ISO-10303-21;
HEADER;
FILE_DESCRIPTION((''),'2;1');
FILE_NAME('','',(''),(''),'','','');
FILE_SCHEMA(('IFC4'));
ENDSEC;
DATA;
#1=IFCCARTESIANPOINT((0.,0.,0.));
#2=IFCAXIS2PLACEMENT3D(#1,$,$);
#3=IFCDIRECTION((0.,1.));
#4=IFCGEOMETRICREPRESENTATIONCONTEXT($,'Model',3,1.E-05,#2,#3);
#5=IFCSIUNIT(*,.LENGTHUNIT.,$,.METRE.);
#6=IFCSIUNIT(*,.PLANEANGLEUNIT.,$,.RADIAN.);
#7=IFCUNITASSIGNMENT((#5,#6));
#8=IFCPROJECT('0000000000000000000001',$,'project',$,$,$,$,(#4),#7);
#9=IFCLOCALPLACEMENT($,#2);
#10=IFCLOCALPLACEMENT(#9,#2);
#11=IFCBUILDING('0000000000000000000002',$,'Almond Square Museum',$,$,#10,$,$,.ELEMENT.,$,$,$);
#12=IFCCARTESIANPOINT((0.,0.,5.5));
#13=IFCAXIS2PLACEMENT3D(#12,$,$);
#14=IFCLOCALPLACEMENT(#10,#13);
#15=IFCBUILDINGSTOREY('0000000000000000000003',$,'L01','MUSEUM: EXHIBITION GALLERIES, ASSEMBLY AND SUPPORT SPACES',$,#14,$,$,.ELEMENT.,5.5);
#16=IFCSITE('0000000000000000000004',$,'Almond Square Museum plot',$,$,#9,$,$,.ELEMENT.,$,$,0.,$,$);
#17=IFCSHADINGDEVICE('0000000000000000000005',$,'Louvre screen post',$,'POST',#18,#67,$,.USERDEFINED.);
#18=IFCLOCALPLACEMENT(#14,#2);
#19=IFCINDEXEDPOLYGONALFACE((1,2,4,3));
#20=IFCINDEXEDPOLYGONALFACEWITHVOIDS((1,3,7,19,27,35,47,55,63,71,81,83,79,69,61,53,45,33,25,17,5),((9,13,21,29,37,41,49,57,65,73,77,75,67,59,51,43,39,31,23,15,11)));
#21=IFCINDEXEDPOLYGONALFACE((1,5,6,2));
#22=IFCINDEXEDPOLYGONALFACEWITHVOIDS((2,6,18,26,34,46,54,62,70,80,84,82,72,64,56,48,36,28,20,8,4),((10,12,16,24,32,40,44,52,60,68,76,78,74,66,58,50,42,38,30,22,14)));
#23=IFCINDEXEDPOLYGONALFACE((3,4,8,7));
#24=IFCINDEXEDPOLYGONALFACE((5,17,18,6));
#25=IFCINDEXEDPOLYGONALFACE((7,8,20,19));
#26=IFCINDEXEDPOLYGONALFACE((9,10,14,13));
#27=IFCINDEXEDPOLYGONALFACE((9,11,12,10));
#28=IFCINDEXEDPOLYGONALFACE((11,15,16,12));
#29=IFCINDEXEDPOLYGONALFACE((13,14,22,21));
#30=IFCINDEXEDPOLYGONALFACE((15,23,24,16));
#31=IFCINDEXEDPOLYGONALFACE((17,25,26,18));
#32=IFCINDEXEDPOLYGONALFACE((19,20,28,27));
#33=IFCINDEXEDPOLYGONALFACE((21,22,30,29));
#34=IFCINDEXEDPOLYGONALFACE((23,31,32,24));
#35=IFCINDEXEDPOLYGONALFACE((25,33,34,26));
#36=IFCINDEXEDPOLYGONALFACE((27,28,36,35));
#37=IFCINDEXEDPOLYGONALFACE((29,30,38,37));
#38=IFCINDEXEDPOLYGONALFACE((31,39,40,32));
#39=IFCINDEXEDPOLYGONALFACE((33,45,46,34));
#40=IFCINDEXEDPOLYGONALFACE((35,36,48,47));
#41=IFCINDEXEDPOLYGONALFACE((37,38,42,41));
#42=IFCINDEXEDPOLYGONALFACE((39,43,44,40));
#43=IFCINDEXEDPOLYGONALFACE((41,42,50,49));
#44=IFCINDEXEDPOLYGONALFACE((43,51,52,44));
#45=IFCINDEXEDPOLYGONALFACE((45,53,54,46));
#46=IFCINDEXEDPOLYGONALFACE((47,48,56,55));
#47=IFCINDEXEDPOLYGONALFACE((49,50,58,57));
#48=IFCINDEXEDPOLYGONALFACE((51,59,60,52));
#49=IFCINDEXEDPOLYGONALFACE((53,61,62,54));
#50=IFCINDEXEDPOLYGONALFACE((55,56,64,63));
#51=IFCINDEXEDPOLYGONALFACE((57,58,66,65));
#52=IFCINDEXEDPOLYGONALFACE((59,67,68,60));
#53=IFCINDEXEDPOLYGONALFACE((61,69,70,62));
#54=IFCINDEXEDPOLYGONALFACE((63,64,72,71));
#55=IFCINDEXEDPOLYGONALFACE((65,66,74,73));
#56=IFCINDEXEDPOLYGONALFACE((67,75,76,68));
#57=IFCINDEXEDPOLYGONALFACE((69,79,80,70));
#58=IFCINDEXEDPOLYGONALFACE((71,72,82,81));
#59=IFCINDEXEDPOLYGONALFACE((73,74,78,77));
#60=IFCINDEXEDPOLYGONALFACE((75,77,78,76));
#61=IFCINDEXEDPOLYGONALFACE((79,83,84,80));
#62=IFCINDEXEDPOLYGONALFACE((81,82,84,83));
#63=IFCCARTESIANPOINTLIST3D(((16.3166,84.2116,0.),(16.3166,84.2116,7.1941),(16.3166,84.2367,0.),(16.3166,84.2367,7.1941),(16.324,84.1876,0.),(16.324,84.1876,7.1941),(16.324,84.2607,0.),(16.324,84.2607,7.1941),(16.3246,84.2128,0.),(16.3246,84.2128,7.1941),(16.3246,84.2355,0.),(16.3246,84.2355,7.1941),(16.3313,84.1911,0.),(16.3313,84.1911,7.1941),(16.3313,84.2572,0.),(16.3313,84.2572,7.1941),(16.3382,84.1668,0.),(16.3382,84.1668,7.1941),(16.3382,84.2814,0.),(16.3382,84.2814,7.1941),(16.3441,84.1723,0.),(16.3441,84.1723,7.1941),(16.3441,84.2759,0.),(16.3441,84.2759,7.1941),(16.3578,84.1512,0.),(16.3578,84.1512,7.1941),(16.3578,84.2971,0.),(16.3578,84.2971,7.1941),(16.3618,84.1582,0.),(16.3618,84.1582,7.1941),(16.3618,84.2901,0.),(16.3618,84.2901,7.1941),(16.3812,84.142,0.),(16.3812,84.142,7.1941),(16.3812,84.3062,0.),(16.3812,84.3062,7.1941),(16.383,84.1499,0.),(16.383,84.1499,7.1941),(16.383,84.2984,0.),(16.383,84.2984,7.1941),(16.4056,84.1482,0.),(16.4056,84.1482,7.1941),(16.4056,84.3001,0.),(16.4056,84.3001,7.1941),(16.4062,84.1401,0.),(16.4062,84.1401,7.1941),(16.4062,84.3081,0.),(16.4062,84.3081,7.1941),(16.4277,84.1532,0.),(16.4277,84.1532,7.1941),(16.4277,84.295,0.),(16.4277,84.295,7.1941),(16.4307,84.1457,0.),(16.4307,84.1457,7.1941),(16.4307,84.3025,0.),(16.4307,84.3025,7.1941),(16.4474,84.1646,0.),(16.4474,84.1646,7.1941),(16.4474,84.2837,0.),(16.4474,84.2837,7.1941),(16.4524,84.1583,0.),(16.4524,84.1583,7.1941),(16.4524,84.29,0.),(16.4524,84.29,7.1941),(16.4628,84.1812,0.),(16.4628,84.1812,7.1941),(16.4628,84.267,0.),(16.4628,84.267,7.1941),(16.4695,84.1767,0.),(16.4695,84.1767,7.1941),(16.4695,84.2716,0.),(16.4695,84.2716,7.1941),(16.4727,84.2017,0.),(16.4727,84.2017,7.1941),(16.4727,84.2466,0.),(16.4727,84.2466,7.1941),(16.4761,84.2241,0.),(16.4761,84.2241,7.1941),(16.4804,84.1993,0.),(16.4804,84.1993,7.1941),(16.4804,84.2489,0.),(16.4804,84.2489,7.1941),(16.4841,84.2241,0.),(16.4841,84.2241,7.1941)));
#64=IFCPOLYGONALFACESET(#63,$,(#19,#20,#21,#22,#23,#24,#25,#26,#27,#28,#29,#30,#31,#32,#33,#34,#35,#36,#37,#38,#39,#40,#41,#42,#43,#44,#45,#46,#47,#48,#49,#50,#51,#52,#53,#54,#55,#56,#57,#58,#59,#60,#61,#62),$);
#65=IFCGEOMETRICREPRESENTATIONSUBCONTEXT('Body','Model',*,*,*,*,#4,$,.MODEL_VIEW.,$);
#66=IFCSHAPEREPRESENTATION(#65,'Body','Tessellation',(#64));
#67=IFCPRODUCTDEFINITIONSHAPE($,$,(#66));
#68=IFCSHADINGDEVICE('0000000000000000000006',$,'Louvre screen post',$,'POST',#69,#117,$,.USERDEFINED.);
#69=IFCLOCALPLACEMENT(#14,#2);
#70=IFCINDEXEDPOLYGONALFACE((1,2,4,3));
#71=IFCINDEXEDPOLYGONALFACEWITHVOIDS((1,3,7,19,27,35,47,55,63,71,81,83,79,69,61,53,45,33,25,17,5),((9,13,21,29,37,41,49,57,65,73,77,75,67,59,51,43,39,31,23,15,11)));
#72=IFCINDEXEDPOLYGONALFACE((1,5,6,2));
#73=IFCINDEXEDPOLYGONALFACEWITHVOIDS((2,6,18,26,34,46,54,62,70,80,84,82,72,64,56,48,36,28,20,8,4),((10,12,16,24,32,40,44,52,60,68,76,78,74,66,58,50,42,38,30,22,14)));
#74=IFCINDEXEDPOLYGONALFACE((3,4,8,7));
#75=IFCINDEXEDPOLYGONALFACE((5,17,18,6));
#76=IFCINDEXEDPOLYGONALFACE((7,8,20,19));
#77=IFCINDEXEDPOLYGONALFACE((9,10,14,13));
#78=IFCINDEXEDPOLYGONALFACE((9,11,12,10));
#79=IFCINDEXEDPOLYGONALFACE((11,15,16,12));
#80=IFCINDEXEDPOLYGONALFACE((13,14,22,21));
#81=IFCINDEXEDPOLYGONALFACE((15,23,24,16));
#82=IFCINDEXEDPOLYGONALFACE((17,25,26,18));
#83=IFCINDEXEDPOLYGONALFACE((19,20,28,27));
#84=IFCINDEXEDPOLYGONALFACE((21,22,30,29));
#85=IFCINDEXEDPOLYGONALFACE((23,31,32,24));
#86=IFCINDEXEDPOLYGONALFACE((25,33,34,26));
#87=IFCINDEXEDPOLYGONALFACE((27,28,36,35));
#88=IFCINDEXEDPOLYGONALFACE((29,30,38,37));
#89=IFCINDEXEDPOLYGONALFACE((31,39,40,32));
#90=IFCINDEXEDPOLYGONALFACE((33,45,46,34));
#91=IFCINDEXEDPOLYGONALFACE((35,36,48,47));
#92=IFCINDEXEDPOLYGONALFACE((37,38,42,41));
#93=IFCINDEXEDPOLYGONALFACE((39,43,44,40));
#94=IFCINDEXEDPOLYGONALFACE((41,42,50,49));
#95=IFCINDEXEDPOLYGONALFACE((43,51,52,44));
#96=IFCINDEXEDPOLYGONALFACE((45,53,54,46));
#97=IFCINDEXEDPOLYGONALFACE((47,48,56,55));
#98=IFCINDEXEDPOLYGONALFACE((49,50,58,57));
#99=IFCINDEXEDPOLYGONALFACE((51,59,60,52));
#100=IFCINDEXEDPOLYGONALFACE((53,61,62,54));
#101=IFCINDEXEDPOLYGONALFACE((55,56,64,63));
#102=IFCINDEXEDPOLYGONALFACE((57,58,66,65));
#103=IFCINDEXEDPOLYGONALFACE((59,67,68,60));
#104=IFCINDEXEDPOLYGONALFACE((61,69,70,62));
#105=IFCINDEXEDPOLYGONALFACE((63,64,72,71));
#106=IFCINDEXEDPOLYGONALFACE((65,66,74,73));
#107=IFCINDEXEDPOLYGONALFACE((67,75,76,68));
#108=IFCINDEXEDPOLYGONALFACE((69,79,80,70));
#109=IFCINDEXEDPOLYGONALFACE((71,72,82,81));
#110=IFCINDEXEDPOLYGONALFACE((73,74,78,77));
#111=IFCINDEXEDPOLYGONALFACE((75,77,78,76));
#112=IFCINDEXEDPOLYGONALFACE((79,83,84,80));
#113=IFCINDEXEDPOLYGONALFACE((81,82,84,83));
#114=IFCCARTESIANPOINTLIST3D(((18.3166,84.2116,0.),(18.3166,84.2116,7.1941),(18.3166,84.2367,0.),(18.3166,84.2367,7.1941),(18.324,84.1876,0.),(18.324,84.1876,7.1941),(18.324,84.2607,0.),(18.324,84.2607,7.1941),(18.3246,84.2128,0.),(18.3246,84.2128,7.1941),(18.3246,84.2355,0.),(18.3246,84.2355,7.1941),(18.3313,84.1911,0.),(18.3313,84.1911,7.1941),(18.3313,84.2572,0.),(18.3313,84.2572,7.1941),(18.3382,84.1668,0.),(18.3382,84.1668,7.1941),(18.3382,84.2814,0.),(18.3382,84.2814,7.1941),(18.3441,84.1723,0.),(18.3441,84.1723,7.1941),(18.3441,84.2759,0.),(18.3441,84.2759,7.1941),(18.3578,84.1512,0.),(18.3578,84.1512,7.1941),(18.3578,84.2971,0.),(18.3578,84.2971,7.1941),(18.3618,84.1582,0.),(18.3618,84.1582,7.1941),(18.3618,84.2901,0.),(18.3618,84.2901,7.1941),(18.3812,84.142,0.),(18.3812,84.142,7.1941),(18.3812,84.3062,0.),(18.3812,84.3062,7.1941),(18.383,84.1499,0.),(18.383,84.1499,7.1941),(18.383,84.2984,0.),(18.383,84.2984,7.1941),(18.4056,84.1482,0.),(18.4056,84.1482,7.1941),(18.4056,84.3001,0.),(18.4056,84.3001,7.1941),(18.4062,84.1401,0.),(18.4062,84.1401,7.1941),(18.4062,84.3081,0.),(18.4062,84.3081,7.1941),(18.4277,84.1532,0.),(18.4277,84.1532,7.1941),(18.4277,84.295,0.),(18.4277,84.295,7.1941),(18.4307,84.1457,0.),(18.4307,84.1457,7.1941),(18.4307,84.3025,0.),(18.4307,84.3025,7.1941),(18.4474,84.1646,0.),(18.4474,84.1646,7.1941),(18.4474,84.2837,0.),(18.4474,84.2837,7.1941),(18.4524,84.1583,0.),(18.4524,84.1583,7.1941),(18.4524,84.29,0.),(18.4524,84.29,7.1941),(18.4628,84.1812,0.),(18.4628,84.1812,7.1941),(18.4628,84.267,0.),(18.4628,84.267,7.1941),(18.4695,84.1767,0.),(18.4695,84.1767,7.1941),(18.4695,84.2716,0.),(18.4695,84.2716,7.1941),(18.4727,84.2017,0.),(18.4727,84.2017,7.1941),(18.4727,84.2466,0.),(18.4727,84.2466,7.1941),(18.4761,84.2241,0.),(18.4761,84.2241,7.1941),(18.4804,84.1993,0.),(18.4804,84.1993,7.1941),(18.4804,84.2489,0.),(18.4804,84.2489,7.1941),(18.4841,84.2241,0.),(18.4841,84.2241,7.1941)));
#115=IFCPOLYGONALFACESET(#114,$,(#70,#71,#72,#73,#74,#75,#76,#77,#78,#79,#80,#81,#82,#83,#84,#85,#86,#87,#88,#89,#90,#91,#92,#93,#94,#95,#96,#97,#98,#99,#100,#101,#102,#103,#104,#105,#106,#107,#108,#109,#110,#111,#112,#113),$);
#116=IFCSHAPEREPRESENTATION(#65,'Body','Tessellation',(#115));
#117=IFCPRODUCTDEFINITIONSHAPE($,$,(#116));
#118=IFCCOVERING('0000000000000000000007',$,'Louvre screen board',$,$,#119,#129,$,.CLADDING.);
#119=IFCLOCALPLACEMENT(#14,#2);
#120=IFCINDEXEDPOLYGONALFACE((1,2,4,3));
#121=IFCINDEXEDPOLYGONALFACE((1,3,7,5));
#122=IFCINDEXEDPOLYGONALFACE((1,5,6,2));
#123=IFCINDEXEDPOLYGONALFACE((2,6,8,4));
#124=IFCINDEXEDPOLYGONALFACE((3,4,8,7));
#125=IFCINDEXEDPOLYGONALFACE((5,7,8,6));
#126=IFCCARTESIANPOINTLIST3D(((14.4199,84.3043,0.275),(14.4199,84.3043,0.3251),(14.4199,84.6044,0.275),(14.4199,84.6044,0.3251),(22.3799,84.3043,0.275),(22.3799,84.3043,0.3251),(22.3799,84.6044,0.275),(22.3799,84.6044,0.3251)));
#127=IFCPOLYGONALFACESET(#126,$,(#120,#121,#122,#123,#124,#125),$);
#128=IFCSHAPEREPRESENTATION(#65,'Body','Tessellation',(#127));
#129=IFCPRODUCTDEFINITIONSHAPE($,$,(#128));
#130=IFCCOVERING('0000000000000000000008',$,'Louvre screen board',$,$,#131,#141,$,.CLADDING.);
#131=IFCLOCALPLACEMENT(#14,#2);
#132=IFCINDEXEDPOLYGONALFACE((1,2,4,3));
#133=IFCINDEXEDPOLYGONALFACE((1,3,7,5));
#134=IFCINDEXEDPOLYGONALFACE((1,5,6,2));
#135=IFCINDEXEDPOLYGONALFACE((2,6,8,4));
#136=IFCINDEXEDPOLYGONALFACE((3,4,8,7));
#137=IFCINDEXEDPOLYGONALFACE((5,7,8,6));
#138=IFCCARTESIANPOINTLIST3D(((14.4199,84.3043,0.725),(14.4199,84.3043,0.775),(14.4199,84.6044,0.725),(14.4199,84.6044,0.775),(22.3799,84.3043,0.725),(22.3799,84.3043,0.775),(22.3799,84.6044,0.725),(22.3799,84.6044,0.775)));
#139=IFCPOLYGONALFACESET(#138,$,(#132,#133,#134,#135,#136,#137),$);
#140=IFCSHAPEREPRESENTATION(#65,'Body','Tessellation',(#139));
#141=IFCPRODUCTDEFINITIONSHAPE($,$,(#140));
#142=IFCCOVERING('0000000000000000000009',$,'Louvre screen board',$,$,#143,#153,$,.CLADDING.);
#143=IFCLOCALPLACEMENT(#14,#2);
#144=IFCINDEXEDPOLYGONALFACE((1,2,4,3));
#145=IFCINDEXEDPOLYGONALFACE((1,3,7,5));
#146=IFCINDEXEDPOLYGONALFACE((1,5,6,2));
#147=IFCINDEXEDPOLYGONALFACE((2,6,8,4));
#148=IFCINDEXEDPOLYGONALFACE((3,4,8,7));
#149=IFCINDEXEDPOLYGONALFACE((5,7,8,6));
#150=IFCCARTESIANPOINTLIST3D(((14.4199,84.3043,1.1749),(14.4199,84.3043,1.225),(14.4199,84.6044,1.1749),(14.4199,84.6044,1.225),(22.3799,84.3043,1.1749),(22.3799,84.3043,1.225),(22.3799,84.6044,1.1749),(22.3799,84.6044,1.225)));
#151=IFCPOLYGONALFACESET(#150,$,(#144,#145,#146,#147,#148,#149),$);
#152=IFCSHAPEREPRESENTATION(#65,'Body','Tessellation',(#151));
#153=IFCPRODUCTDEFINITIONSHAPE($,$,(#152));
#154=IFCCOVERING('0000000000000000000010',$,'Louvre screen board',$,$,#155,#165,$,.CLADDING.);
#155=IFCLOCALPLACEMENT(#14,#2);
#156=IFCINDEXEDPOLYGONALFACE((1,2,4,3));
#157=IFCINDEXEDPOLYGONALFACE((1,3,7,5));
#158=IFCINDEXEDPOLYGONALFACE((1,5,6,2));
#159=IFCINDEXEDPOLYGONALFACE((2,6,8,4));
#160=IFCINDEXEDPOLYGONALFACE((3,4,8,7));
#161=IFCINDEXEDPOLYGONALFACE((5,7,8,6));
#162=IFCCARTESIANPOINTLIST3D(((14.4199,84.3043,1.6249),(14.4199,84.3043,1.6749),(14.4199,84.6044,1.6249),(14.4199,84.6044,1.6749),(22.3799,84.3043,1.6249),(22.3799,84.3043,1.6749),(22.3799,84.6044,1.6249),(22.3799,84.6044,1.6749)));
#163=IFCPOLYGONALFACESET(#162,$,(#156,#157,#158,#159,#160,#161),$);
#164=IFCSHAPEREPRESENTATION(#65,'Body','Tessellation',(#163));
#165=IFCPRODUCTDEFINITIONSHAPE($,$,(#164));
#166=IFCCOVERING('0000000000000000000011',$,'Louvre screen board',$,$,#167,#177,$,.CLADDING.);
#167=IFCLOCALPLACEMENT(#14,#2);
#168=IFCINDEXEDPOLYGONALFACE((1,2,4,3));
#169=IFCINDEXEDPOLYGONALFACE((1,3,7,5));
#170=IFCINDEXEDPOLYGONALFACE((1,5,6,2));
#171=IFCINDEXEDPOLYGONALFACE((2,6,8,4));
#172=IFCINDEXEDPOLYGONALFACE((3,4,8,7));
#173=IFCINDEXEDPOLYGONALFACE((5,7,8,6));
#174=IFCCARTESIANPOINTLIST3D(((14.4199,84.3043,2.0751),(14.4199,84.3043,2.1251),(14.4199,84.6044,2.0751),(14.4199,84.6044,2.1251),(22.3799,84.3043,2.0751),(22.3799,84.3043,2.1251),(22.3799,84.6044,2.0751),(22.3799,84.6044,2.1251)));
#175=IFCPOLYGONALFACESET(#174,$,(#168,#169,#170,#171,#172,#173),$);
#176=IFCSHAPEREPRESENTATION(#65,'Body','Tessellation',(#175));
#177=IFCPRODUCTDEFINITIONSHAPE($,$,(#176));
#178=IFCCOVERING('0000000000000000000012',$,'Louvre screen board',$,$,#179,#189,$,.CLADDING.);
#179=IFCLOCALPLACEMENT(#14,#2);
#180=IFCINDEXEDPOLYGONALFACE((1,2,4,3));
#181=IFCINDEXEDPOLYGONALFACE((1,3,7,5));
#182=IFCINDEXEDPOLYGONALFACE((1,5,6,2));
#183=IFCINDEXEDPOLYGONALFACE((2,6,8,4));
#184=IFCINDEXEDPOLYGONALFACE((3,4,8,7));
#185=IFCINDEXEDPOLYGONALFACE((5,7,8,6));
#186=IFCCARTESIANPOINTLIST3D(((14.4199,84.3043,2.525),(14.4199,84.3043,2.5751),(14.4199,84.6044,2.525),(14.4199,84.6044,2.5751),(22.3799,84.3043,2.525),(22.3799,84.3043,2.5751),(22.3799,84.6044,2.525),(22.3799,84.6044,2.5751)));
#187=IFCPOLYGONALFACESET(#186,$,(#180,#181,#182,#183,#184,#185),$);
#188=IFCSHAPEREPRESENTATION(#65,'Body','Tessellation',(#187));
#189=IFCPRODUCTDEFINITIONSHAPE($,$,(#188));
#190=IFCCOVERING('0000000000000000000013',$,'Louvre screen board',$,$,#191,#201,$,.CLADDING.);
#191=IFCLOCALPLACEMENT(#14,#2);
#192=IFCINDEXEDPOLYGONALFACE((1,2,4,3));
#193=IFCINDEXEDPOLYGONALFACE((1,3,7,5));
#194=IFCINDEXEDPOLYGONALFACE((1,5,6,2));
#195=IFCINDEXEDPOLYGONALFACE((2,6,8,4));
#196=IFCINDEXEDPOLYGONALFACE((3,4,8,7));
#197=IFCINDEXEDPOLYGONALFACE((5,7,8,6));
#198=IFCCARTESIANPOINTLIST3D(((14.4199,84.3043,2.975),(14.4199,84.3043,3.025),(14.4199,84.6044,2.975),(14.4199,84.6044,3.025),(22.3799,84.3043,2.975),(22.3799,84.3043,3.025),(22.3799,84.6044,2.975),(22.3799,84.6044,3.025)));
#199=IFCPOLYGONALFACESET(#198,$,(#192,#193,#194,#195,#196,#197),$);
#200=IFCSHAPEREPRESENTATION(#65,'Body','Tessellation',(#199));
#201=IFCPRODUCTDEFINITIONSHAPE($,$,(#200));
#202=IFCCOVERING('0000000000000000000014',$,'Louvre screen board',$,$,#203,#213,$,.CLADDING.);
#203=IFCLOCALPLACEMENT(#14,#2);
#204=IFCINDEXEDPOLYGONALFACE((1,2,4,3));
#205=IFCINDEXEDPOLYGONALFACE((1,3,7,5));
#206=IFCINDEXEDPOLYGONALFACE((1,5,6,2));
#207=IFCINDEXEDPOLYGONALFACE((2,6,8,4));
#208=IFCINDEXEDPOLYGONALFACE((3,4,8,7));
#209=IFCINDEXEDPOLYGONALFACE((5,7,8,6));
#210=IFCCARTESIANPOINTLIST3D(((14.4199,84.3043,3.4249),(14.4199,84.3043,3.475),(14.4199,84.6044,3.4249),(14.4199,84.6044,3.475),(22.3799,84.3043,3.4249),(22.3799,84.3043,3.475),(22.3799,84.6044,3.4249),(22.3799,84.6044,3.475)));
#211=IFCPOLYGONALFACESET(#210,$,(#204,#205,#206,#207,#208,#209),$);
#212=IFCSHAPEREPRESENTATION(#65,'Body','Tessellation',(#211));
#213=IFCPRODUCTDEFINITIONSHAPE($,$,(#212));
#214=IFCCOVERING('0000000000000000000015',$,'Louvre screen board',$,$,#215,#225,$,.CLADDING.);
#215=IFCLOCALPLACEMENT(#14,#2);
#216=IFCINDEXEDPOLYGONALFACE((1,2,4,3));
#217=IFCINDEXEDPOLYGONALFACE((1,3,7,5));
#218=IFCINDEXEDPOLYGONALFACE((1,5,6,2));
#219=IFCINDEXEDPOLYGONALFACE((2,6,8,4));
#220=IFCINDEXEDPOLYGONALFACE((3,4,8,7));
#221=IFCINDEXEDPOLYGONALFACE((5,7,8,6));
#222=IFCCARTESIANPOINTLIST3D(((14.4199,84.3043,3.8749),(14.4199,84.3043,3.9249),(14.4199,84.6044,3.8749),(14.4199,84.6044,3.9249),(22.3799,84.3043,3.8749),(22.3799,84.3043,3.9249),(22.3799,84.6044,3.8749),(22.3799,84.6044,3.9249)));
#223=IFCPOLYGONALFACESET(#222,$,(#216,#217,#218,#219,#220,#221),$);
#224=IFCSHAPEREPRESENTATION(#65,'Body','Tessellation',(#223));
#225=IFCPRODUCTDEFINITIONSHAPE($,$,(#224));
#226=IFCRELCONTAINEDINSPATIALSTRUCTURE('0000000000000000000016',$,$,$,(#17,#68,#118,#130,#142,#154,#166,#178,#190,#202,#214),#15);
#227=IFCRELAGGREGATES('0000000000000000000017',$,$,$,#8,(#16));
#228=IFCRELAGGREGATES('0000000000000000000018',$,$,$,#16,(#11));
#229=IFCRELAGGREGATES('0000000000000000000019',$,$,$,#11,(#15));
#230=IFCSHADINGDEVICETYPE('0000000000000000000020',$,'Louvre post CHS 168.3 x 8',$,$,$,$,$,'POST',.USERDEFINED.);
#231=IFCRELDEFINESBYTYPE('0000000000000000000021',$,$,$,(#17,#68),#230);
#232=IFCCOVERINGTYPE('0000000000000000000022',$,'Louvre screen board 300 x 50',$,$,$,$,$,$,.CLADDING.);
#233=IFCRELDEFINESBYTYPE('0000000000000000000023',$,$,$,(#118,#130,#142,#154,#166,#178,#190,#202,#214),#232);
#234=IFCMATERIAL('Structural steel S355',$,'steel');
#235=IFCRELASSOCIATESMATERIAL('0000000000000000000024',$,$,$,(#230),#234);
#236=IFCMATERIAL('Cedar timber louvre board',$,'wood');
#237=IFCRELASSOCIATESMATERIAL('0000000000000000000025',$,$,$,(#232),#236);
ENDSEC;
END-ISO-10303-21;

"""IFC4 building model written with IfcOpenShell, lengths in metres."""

from ifc_helpers import new_model, si_unit, direction, frame, origin, origin_2d, place, context, subcontext, project, spatial, rectangle, hollow_circle, extrude, material, material_profile, profile_set, type_object, element, save


model = new_model("IFC4")

# Units and contexts
model_context = context("Model", 3, precision=1e-05, world=origin(), true_north=direction((0.0, 1.0)))
body_context = subcontext(model_context, "Body", "Model", "MODEL_VIEW")
ifc_project = project(units=[si_unit("LENGTHUNIT", "METRE"), si_unit("PLANEANGLEUNIT", "RADIAN")], contexts=[model_context])

# Site, building, storey
site_placement = place(None, origin())
site = spatial("IfcSite", under=ifc_project, at=site_placement, Name="Almond Square Museum plot", CompositionType="ELEMENT", RefElevation=0.0)
building_placement = place(site_placement, origin())
building = spatial("IfcBuilding", under=site, at=building_placement, Name="Almond Square Museum", CompositionType="ELEMENT")
storey_placement = place(building_placement, frame((0.0, 0.0, 5.5)))
storey = spatial("IfcBuildingStorey", under=building, at=storey_placement, Name="L01", Description="MUSEUM: EXHIBITION GALLERIES, ASSEMBLY AND SUPPORT SPACES", CompositionType="ELEMENT", Elevation=5.5)

# Shading devices
ifc_material_1 = material(Name="Structural steel S355", Category="steel")
ifc_material_profile_1 = material_profile(ifc_material_1, hollow_circle(Radius=0.0842, WallThickness=0.0081, at=origin_2d()))
ifc_profile_set_1 = profile_set([ifc_material_profile_1], Name="Structural steel S355")
shading_device_type_1 = type_object("IfcShadingDeviceType", Name="Louvre post CHS 168.3 x 8", ElementType="POST", PredefinedType="USERDEFINED", material=ifc_profile_set_1)
for number, where, z_axis, x_axis, name in (
    (1, (16.3999, 84.2241, 0.0), (0.0, 0.0, 1.0), (1.0, 0.0, 0.0), "Louvre screen post"),
    (2, (18.3999, 84.2241, 0.0), (0.0, 0.0, 1.0), (1.0, 0.0, 0.0), "Louvre screen post"),
):
    element("IfcShadingDevice", number, at=place(storey_placement, frame(where, z_axis=z_axis, x_axis=x_axis)), inside=storey, type_object=shading_device_type_1, Name=name, ObjectType="POST", PredefinedType="USERDEFINED", context=body_context, shape_type="SweptSolid", body=[
        extrude(hollow_circle(Radius=0.0842, WallThickness=0.0081, at=origin_2d()), origin(), (0.0, 0.0, 1.0), 7.1941),
    ])

# Coverings
ifc_material_2 = material(Name="Cedar timber louvre board", Category="wood")
ifc_material_profile_2 = material_profile(ifc_material_2, rectangle(XDim=0.3, YDim=0.05, at=origin_2d()))
ifc_profile_set_2 = profile_set([ifc_material_profile_2], Name="Cedar timber louvre board")
covering_type = type_object("IfcCoveringType", Name="Louvre screen board 300 x 50", PredefinedType="CLADDING", material=ifc_profile_set_2)
for number, where, z_axis, x_axis, name in (
    (3, (14.4199, 84.4543, 0.3), (1.0, 0.0, 0.0), (0.0, 1.0, 0.0), "Louvre screen board"),
    (4, (14.4199, 84.4543, 0.75), (1.0, 0.0, 0.0), (0.0, 1.0, 0.0), "Louvre screen board"),
    (5, (14.4199, 84.4543, 1.2), (1.0, 0.0, 0.0), (0.0, 1.0, 0.0), "Louvre screen board"),
    (6, (14.4199, 84.4543, 1.6499), (1.0, 0.0, 0.0), (0.0, 1.0, 0.0), "Louvre screen board"),
    (7, (14.4199, 84.4543, 2.1001), (1.0, 0.0, 0.0), (0.0, 1.0, 0.0), "Louvre screen board"),
    (8, (14.4199, 84.4543, 2.55), (1.0, 0.0, 0.0), (0.0, 1.0, 0.0), "Louvre screen board"),
    (9, (14.4199, 84.4543, 3.0), (1.0, 0.0, 0.0), (0.0, 1.0, 0.0), "Louvre screen board"),
    (10, (14.4199, 84.4543, 3.45), (1.0, 0.0, 0.0), (0.0, 1.0, 0.0), "Louvre screen board"),
    (11, (14.4199, 84.4543, 3.8999), (1.0, 0.0, 0.0), (0.0, 1.0, 0.0), "Louvre screen board"),
):
    element("IfcCovering", number, at=place(storey_placement, frame(where, z_axis=z_axis, x_axis=x_axis)), inside=storey, type_object=covering_type, Name=name, PredefinedType="CLADDING", context=body_context, shape_type="SweptSolid", body=[
        extrude(rectangle(XDim=0.3, YDim=0.05, at=origin_2d()), origin(), (0.0, 0.0, 1.0), 7.96),
    ])

save(model, "model.ifc")
